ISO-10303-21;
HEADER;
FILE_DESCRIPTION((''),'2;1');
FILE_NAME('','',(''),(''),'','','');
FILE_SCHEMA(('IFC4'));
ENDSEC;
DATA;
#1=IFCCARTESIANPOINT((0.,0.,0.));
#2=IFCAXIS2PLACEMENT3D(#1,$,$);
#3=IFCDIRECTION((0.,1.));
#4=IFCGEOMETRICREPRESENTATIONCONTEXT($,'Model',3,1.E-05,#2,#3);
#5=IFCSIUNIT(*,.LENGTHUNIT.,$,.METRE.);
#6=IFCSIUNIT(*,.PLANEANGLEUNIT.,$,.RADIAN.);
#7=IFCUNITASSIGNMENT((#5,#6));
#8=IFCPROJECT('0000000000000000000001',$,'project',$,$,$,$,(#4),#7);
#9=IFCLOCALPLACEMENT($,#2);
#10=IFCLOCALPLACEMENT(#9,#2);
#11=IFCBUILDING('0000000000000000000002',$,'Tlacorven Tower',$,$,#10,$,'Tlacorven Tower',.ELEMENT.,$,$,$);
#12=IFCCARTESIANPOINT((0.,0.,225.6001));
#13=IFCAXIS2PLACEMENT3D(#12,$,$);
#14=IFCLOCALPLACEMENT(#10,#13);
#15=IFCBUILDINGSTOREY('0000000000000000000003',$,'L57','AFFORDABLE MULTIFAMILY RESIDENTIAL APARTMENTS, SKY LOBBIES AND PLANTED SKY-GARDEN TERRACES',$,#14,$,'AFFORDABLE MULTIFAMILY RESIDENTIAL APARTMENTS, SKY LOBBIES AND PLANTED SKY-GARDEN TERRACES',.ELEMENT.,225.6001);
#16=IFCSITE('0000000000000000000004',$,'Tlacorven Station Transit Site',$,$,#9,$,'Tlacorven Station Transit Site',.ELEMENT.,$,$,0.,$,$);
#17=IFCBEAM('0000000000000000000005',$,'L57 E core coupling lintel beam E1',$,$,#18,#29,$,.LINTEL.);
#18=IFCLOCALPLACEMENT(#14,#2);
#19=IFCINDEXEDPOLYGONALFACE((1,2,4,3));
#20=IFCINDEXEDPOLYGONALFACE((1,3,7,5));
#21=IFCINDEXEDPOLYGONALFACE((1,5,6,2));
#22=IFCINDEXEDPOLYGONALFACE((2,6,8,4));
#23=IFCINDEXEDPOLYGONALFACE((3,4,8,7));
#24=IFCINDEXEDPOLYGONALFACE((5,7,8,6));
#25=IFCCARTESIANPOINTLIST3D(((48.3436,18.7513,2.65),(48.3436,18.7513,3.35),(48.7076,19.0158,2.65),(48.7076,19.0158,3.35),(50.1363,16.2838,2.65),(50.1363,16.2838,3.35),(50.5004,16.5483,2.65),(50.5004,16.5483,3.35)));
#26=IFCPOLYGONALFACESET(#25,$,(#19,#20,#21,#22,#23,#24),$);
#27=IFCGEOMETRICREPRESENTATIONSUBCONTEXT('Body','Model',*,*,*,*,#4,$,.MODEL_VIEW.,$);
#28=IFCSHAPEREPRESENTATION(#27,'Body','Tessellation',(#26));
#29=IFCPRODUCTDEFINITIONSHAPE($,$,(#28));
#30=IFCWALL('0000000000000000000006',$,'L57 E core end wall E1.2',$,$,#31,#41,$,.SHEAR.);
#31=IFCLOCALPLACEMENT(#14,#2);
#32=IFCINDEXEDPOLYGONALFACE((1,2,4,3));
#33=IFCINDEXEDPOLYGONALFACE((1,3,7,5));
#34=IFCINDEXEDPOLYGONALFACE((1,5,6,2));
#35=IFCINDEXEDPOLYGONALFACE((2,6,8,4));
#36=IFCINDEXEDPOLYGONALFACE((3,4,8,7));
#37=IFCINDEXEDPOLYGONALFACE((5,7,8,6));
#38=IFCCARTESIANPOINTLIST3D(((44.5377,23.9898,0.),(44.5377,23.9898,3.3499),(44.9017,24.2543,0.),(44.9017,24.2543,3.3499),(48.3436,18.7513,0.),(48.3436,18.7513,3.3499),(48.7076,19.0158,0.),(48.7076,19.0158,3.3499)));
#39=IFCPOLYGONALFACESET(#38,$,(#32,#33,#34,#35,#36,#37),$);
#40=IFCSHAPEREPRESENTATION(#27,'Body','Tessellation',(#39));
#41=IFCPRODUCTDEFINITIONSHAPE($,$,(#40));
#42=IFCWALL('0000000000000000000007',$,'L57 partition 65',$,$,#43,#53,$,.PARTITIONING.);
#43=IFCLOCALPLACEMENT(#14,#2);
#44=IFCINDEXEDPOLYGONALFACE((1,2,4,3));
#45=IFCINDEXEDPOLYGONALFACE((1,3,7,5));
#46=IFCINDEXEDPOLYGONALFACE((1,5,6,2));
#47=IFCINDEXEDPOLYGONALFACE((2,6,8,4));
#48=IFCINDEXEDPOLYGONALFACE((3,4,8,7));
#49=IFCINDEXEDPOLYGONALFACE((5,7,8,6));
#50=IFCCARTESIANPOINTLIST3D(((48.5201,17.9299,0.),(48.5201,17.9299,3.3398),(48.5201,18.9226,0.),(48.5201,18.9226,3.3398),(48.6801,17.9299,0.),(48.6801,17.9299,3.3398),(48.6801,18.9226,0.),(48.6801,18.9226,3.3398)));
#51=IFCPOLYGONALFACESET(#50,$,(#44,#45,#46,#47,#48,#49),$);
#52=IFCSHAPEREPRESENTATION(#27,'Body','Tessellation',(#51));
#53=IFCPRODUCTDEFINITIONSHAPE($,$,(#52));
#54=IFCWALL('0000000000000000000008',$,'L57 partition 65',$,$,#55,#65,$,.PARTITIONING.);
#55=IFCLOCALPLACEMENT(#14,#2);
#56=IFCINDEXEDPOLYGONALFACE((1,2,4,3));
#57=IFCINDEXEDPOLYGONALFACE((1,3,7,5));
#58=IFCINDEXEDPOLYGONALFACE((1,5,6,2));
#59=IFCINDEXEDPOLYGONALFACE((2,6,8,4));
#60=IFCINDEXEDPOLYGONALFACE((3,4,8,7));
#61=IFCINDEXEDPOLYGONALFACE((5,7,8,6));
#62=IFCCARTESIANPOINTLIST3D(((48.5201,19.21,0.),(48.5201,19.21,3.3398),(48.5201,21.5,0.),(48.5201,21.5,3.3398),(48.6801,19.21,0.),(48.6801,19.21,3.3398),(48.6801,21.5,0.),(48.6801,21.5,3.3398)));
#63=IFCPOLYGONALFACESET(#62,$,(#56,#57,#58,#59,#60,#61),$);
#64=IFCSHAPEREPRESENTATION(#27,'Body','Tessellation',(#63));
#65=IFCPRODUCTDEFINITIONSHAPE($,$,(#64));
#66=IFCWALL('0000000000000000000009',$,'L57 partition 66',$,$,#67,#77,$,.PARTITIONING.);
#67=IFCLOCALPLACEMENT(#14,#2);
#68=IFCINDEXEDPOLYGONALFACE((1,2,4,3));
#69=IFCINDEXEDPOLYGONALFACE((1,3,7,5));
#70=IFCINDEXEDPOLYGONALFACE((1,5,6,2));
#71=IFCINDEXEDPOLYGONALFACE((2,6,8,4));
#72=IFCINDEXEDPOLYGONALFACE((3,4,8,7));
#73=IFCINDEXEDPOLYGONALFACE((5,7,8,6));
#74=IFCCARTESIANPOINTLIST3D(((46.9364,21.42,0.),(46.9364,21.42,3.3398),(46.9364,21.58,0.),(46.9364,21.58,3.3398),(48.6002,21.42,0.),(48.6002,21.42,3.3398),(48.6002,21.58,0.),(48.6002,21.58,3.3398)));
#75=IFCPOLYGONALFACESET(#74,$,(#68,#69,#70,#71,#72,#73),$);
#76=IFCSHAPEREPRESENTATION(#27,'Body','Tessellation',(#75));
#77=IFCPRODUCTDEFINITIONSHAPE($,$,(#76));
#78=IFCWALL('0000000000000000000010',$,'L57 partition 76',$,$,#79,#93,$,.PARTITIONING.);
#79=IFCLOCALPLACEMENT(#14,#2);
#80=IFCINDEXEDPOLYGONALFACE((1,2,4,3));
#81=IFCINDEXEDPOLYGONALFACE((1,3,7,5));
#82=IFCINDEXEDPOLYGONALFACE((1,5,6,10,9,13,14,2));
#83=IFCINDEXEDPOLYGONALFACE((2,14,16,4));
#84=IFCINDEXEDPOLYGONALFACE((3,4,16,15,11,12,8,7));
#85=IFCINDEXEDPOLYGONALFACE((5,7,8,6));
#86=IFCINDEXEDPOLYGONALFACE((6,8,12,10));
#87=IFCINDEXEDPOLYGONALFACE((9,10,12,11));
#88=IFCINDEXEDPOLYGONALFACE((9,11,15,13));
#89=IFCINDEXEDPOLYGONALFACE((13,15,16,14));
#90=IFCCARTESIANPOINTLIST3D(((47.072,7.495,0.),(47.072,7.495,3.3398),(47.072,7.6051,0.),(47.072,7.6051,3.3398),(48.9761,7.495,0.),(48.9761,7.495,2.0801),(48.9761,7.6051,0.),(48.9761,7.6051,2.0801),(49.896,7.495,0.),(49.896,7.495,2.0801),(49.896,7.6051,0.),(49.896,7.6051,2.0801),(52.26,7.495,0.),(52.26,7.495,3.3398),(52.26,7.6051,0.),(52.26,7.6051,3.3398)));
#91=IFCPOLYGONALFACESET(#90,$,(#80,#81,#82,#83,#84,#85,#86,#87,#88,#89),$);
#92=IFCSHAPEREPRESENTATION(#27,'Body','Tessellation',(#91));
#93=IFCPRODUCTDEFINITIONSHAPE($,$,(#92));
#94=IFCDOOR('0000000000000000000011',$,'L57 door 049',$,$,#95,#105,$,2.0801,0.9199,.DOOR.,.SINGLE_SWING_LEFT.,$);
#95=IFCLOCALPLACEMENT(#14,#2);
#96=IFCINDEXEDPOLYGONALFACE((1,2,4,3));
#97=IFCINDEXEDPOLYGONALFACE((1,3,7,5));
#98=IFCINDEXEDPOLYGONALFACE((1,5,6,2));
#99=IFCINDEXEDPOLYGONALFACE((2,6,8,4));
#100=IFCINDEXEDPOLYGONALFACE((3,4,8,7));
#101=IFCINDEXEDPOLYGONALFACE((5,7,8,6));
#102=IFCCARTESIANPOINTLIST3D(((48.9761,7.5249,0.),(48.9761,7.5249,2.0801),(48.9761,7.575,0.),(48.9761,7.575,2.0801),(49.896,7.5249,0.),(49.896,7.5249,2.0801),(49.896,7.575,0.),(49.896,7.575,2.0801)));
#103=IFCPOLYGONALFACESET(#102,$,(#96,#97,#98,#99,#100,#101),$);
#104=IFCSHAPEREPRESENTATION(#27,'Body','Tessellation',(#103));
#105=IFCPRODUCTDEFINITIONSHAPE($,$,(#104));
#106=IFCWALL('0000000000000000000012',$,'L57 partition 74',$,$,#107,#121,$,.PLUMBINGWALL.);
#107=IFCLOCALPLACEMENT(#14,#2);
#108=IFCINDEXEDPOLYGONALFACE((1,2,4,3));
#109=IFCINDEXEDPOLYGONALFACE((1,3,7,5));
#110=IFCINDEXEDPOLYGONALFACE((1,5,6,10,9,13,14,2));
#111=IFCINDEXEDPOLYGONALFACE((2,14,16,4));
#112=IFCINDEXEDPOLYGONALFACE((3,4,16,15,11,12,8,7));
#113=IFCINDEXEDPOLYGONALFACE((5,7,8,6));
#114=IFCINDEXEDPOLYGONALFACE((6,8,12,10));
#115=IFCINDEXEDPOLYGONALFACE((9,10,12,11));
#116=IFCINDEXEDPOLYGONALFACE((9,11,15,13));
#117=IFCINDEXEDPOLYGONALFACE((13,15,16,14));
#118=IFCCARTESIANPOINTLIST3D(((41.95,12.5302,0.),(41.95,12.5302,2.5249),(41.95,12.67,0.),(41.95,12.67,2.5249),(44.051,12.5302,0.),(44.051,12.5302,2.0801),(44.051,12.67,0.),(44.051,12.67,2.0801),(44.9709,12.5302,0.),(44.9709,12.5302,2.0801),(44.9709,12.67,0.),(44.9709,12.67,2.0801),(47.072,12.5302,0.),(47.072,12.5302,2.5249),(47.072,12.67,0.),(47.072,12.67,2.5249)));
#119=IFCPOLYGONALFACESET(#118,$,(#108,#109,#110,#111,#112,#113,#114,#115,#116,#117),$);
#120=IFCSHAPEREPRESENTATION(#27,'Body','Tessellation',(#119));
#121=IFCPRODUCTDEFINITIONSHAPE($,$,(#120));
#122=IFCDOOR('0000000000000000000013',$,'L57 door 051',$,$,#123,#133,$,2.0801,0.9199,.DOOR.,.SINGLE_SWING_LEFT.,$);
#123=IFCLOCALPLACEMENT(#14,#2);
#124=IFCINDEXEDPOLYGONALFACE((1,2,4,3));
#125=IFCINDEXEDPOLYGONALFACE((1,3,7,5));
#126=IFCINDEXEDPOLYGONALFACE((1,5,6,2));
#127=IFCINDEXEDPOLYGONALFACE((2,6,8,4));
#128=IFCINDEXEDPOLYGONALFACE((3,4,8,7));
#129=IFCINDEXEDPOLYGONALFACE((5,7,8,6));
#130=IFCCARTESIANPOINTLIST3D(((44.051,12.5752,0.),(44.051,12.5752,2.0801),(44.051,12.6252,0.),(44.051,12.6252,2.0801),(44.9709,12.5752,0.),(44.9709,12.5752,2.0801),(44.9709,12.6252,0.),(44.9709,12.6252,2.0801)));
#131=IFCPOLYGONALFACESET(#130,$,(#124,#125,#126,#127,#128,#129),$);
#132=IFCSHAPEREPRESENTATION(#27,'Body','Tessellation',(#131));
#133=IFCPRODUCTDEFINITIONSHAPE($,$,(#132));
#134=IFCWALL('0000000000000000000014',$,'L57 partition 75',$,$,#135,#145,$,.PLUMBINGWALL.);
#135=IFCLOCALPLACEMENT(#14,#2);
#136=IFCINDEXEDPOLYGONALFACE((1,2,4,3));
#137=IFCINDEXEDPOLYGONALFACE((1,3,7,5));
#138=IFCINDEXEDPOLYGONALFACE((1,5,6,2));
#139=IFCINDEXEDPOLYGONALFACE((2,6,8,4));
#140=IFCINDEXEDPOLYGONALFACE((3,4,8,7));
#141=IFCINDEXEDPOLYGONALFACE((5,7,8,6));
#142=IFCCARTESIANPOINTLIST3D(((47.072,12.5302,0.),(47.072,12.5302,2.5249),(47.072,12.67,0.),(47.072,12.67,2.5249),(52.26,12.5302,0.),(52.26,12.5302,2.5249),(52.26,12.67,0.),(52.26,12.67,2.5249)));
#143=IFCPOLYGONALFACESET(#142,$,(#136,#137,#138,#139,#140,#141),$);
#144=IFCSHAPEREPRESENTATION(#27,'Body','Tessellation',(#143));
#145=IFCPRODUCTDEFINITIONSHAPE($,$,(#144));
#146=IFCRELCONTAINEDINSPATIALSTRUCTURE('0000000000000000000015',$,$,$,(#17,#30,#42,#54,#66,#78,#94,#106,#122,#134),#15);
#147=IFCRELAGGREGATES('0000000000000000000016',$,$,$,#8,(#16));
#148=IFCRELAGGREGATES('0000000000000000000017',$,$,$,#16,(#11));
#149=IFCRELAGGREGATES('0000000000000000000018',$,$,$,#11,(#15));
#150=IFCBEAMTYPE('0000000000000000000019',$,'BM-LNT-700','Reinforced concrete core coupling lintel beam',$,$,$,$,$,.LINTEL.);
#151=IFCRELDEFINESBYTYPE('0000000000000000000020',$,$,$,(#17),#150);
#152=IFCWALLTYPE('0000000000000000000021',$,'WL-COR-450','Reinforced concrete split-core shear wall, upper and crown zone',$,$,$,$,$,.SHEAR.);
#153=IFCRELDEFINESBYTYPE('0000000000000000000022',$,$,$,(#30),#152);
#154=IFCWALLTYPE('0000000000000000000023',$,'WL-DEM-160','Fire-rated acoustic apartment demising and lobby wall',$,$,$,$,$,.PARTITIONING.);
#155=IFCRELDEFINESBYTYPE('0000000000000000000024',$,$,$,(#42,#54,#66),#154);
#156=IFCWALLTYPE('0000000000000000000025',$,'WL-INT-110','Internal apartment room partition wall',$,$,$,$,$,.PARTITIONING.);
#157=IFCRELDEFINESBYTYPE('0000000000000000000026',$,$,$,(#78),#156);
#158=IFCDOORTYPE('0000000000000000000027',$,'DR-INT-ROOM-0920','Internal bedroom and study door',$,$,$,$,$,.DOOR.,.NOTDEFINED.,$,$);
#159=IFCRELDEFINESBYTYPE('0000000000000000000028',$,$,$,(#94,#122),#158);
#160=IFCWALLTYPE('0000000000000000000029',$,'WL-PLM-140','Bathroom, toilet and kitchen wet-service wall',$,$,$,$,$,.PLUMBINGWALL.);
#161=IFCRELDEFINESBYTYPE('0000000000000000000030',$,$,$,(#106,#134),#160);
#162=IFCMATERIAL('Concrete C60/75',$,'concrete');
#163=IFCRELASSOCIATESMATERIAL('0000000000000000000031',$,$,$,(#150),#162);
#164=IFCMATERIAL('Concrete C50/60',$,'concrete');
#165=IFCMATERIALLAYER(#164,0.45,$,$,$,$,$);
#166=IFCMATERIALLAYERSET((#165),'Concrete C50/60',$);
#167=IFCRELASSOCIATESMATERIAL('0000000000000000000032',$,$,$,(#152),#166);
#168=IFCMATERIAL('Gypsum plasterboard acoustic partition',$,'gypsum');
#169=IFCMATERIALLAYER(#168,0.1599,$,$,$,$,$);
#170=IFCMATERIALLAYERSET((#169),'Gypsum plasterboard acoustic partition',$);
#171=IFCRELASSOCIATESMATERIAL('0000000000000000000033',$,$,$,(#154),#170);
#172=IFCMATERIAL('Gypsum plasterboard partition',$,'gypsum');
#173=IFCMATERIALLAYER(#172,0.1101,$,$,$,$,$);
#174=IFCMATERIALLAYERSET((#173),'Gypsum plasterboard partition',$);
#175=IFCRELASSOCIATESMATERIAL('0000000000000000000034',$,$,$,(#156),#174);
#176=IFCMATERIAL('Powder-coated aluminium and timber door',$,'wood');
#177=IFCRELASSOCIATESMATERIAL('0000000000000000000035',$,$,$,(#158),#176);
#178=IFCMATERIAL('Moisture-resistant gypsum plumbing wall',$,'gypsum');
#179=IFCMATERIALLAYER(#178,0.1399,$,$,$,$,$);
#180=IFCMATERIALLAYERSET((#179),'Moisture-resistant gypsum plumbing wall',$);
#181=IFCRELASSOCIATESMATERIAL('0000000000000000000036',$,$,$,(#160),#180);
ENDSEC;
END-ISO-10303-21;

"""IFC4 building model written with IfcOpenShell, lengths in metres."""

from ifc_helpers import new_model, si_unit, direction, frame, frame_2d, origin, origin_2d, place, context, subcontext, project, spatial, rectangle, extrude, source, transform, mapped, material, layer, layer_set, material_profile, profile_set, type_object, element, fill, save


model = new_model("IFC4")

# Units and contexts
model_context = context("Model", 3, precision=1e-05, world=origin(), true_north=direction((0.0, 1.0)))
body_context = subcontext(model_context, "Body", "Model", "MODEL_VIEW")
ifc_project = project(units=[si_unit("LENGTHUNIT", "METRE"), si_unit("PLANEANGLEUNIT", "RADIAN")], contexts=[model_context])

# Site, building, storey
site_placement = place(None, origin())
site = spatial("IfcSite", under=ifc_project, at=site_placement, Name="Tlacorven Station Transit Site", LongName="Tlacorven Station Transit Site", CompositionType="ELEMENT", RefElevation=0.0)
building_placement = place(site_placement, origin())
building = spatial("IfcBuilding", under=site, at=building_placement, Name="Tlacorven Tower", LongName="Tlacorven Tower", CompositionType="ELEMENT")
storey_placement = place(building_placement, frame((0.0, 0.0, 225.6001)))
storey = spatial("IfcBuildingStorey", under=building, at=storey_placement, Name="L57", Description="AFFORDABLE MULTIFAMILY RESIDENTIAL APARTMENTS, SKY LOBBIES AND PLANTED SKY-GARDEN TERRACES", LongName="AFFORDABLE MULTIFAMILY RESIDENTIAL APARTMENTS, SKY LOBBIES AND PLANTED SKY-GARDEN TERRACES", CompositionType="ELEMENT", Elevation=225.6001)

# Beam
ifc_material_1 = material(Name="Concrete C60/75", Category="concrete")
ifc_material_profile = material_profile(ifc_material_1, rectangle(XDim=0.45, YDim=0.7, at=origin_2d()), Name="RC 450X700")
ifc_profile_set = profile_set([ifc_material_profile], Name="Concrete C60/75")
beam_type = type_object("IfcBeamType", Name="BM-LNT-700", Description="Reinforced concrete core coupling lintel beam", PredefinedType="LINTEL", material=ifc_profile_set)
shared_shape_1 = source(origin(), body_context, "Body", "SweptSolid", [
    extrude(rectangle(XDim=0.45, YDim=0.7, at=origin_2d()), origin(), (0.0, 0.0, 1.0), 3.05),
])
beam_placement = place(storey_placement, frame((50.3184, 16.416, 3.0), z_axis=(-0.587777, 0.809023, 0.0), x_axis=(-0.809023, -0.587777, 0.0)))
element("IfcBeam", 1, at=beam_placement, inside=storey, type_object=beam_type, Name="L57 E core coupling lintel beam E1", PredefinedType="LINTEL", context=body_context, shape_type="MappedRepresentation", body=[
    mapped(shared_shape_1, transform((0.0, 0.0, 0.0), scale=1.0)),
])

# Walls
ifc_material_2 = material(Name="Concrete C50/60", Category="concrete")
ifc_layer_1 = layer(ifc_material_2, 0.45)
ifc_layer_set_1 = layer_set([ifc_layer_1], Name="Concrete C50/60")
wall_type_1 = type_object("IfcWallType", Name="WL-COR-450", Description="Reinforced concrete split-core shear wall, upper and crown zone", PredefinedType="SHEAR", material=ifc_layer_set_1)
wall_1_placement = place(storey_placement, frame((48.5256, 18.8835, 0.0), z_axis=(0.0, 0.0, 1.0), x_axis=(-0.587775, 0.809025, 0.0)))
element("IfcWall", 2, at=wall_1_placement, inside=storey, type_object=wall_type_1, Name="L57 E core end wall E1.2", PredefinedType="SHEAR", context=body_context, shape_type="SweptSolid", body=[
    extrude(rectangle(XDim=6.4751, YDim=0.45, at=frame_2d((3.2375, 0.0))), origin(), (0.0, 0.0, 1.0), 3.3499),
])
ifc_material_3 = material(Name="Gypsum plasterboard acoustic partition", Category="gypsum")
ifc_layer_2 = layer(ifc_material_3, 0.1599)
ifc_layer_set_2 = layer_set([ifc_layer_2], Name="Gypsum plasterboard acoustic partition")
wall_type_2 = type_object("IfcWallType", Name="WL-DEM-160", Description="Fire-rated acoustic apartment demising and lobby wall", PredefinedType="PARTITIONING", material=ifc_layer_set_2)
wall_2_placement = place(storey_placement, frame((48.6001, 17.9299, 0.0), z_axis=(0.0, 0.0, 1.0), x_axis=(0.0, 1.0, 0.0)))
element("IfcWall", 3, at=wall_2_placement, inside=storey, type_object=wall_type_2, Name="L57 partition 65", PredefinedType="PARTITIONING", context=body_context, shape_type="SweptSolid", body=[
    extrude(rectangle(XDim=0.9927, YDim=0.1599, at=frame_2d((0.4963, 0.0))), origin(), (0.0, 0.0, 1.0), 3.3398),
])
wall_3_placement = place(storey_placement, frame((48.6001, 19.21, 0.0), z_axis=(0.0, 0.0, 1.0), x_axis=(0.0, 1.0, 0.0)))
element("IfcWall", 4, at=wall_3_placement, inside=storey, type_object=wall_type_2, Name="L57 partition 65", PredefinedType="PARTITIONING", context=body_context, shape_type="SweptSolid", body=[
    extrude(rectangle(XDim=2.29, YDim=0.1599, at=frame_2d((1.145, 0.0))), origin(), (0.0, 0.0, 1.0), 3.3398),
])
wall_4_placement = place(storey_placement, frame((46.9363, 21.5, 0.0), z_axis=(0.0, 0.0, 1.0), x_axis=(1.0, 0.0, 0.0)))
element("IfcWall", 5, at=wall_4_placement, inside=storey, type_object=wall_type_2, Name="L57 partition 66", PredefinedType="PARTITIONING", context=body_context, shape_type="SweptSolid", body=[
    extrude(rectangle(XDim=1.6638, YDim=0.1599, at=frame_2d((0.832, 0.0))), origin(), (0.0, 0.0, 1.0), 3.3398),
])

# Walls, openings, doors
ifc_material_4 = material(Name="Gypsum plasterboard partition", Category="gypsum")
ifc_layer_3 = layer(ifc_material_4, 0.1101)
ifc_layer_set_3 = layer_set([ifc_layer_3], Name="Gypsum plasterboard partition")
wall_type_3 = type_object("IfcWallType", Name="WL-INT-110", Description="Internal apartment room partition wall", PredefinedType="PARTITIONING", material=ifc_layer_set_3)
wall_5_placement = place(storey_placement, frame((47.072, 7.55, 0.0), z_axis=(0.0, 0.0, 1.0), x_axis=(1.0, 0.0, 0.0)))
wall_5 = element("IfcWall", 6, at=wall_5_placement, inside=storey, type_object=wall_type_3, Name="L57 partition 76", PredefinedType="PARTITIONING", context=body_context, shape_type="SweptSolid", body=[
    extrude(rectangle(XDim=5.188, YDim=0.1101, at=frame_2d((2.594, 0.0))), origin(), (0.0, 0.0, 1.0), 3.3398),
])
opening_1_placement = place(wall_5_placement, frame((1.9041, 0.0, 0.0)))
opening_1 = element("IfcOpeningElement", 7, at=opening_1_placement, cuts=wall_5, PredefinedType="OPENING", context=body_context, shape_type="SweptSolid", body=[
    extrude(rectangle(XDim=0.9199, YDim=2.0801, at=frame_2d((0.46, 1.04))), frame((0.0, 0.0649, 0.0), z_axis=(0.0, -1.0, 0.0), x_axis=(1.0, 0.0, 0.0)), (0.0, 0.0, 1.0), 0.1301),
])
ifc_material_5 = material(Name="Powder-coated aluminium and timber door", Category="wood")
door_type_1 = type_object("IfcDoorType", Name="DR-INT-ROOM-0920", Description="Internal bedroom and study door", OperationType="NOTDEFINED", PredefinedType="DOOR", material=ifc_material_5)
shared_shape_2 = source(origin(), body_context, "Body", "SweptSolid", [
    extrude(rectangle(XDim=0.9199, YDim=2.0801, at=frame_2d((0.46, 1.04))), frame((0.0, 0.0249, 0.0), z_axis=(0.0, -1.0, 0.0), x_axis=(1.0, 0.0, 0.0)), (0.0, 0.0, 1.0), 0.05),
])
door_1_placement = place(opening_1_placement, origin())
door_1 = element("IfcDoor", 8, at=door_1_placement, inside=storey, type_object=door_type_1, Name="L57 door 049", OperationType="SINGLE_SWING_LEFT", OverallHeight=2.0801, OverallWidth=0.9199, PredefinedType="DOOR", context=body_context, shape_type="MappedRepresentation", body=[
    mapped(shared_shape_2, transform((0.0, 0.0, 0.0), scale=1.0)),
])
fill(opening_1, door_1)
ifc_material_6 = material(Name="Moisture-resistant gypsum plumbing wall", Category="gypsum")
ifc_layer_4 = layer(ifc_material_6, 0.1399)
ifc_layer_set_4 = layer_set([ifc_layer_4], Name="Moisture-resistant gypsum plumbing wall")
wall_type_4 = type_object("IfcWallType", Name="WL-PLM-140", Description="Bathroom, toilet and kitchen wet-service wall", PredefinedType="PLUMBINGWALL", material=ifc_layer_set_4)
wall_6_placement = place(storey_placement, frame((41.95, 12.6001, 0.0), z_axis=(0.0, 0.0, 1.0), x_axis=(1.0, 0.0, 0.0)))
wall_6 = element("IfcWall", 9, at=wall_6_placement, inside=storey, type_object=wall_type_4, Name="L57 partition 74", PredefinedType="PLUMBINGWALL", context=body_context, shape_type="SweptSolid", body=[
    extrude(rectangle(XDim=5.1221, YDim=0.1399, at=frame_2d((2.561, 0.0))), origin(), (0.0, 0.0, 1.0), 2.5249),
])
opening_2_placement = place(wall_6_placement, frame((2.1011, 0.0, 0.0)))
opening_2 = element("IfcOpeningElement", 10, at=opening_2_placement, cuts=wall_6, PredefinedType="OPENING", context=body_context, shape_type="SweptSolid", body=[
    extrude(rectangle(XDim=0.9199, YDim=2.0801, at=frame_2d((0.46, 1.04))), frame((0.0, 0.0801, 0.0), z_axis=(0.0, -1.0, 0.0), x_axis=(1.0, 0.0, 0.0)), (0.0, 0.0, 1.0), 0.1599),
])
door_2_placement = place(opening_2_placement, frame((0.9199, 0.0, 0.0), z_axis=(0.0, 0.0, 1.0), x_axis=(-1.0, 0.0, 0.0)))
door_2 = element("IfcDoor", 11, at=door_2_placement, inside=storey, type_object=door_type_1, Name="L57 door 051", OperationType="SINGLE_SWING_LEFT", OverallHeight=2.0801, OverallWidth=0.9199, PredefinedType="DOOR", context=body_context, shape_type="MappedRepresentation", body=[
    mapped(shared_shape_2, transform((0.0, 0.0, 0.0), scale=1.0)),
])
fill(opening_2, door_2)

# Wall
wall_7_placement = place(storey_placement, frame((47.072, 12.6001, 0.0), z_axis=(0.0, 0.0, 1.0), x_axis=(1.0, 0.0, 0.0)))
element("IfcWall", 12, at=wall_7_placement, inside=storey, type_object=wall_type_4, Name="L57 partition 75", PredefinedType="PLUMBINGWALL", context=body_context, shape_type="SweptSolid", body=[
    extrude(rectangle(XDim=5.188, YDim=0.1399, at=frame_2d((2.594, 0.0))), origin(), (0.0, 0.0, 1.0), 2.5249),
])

save(model, "model.ifc")
